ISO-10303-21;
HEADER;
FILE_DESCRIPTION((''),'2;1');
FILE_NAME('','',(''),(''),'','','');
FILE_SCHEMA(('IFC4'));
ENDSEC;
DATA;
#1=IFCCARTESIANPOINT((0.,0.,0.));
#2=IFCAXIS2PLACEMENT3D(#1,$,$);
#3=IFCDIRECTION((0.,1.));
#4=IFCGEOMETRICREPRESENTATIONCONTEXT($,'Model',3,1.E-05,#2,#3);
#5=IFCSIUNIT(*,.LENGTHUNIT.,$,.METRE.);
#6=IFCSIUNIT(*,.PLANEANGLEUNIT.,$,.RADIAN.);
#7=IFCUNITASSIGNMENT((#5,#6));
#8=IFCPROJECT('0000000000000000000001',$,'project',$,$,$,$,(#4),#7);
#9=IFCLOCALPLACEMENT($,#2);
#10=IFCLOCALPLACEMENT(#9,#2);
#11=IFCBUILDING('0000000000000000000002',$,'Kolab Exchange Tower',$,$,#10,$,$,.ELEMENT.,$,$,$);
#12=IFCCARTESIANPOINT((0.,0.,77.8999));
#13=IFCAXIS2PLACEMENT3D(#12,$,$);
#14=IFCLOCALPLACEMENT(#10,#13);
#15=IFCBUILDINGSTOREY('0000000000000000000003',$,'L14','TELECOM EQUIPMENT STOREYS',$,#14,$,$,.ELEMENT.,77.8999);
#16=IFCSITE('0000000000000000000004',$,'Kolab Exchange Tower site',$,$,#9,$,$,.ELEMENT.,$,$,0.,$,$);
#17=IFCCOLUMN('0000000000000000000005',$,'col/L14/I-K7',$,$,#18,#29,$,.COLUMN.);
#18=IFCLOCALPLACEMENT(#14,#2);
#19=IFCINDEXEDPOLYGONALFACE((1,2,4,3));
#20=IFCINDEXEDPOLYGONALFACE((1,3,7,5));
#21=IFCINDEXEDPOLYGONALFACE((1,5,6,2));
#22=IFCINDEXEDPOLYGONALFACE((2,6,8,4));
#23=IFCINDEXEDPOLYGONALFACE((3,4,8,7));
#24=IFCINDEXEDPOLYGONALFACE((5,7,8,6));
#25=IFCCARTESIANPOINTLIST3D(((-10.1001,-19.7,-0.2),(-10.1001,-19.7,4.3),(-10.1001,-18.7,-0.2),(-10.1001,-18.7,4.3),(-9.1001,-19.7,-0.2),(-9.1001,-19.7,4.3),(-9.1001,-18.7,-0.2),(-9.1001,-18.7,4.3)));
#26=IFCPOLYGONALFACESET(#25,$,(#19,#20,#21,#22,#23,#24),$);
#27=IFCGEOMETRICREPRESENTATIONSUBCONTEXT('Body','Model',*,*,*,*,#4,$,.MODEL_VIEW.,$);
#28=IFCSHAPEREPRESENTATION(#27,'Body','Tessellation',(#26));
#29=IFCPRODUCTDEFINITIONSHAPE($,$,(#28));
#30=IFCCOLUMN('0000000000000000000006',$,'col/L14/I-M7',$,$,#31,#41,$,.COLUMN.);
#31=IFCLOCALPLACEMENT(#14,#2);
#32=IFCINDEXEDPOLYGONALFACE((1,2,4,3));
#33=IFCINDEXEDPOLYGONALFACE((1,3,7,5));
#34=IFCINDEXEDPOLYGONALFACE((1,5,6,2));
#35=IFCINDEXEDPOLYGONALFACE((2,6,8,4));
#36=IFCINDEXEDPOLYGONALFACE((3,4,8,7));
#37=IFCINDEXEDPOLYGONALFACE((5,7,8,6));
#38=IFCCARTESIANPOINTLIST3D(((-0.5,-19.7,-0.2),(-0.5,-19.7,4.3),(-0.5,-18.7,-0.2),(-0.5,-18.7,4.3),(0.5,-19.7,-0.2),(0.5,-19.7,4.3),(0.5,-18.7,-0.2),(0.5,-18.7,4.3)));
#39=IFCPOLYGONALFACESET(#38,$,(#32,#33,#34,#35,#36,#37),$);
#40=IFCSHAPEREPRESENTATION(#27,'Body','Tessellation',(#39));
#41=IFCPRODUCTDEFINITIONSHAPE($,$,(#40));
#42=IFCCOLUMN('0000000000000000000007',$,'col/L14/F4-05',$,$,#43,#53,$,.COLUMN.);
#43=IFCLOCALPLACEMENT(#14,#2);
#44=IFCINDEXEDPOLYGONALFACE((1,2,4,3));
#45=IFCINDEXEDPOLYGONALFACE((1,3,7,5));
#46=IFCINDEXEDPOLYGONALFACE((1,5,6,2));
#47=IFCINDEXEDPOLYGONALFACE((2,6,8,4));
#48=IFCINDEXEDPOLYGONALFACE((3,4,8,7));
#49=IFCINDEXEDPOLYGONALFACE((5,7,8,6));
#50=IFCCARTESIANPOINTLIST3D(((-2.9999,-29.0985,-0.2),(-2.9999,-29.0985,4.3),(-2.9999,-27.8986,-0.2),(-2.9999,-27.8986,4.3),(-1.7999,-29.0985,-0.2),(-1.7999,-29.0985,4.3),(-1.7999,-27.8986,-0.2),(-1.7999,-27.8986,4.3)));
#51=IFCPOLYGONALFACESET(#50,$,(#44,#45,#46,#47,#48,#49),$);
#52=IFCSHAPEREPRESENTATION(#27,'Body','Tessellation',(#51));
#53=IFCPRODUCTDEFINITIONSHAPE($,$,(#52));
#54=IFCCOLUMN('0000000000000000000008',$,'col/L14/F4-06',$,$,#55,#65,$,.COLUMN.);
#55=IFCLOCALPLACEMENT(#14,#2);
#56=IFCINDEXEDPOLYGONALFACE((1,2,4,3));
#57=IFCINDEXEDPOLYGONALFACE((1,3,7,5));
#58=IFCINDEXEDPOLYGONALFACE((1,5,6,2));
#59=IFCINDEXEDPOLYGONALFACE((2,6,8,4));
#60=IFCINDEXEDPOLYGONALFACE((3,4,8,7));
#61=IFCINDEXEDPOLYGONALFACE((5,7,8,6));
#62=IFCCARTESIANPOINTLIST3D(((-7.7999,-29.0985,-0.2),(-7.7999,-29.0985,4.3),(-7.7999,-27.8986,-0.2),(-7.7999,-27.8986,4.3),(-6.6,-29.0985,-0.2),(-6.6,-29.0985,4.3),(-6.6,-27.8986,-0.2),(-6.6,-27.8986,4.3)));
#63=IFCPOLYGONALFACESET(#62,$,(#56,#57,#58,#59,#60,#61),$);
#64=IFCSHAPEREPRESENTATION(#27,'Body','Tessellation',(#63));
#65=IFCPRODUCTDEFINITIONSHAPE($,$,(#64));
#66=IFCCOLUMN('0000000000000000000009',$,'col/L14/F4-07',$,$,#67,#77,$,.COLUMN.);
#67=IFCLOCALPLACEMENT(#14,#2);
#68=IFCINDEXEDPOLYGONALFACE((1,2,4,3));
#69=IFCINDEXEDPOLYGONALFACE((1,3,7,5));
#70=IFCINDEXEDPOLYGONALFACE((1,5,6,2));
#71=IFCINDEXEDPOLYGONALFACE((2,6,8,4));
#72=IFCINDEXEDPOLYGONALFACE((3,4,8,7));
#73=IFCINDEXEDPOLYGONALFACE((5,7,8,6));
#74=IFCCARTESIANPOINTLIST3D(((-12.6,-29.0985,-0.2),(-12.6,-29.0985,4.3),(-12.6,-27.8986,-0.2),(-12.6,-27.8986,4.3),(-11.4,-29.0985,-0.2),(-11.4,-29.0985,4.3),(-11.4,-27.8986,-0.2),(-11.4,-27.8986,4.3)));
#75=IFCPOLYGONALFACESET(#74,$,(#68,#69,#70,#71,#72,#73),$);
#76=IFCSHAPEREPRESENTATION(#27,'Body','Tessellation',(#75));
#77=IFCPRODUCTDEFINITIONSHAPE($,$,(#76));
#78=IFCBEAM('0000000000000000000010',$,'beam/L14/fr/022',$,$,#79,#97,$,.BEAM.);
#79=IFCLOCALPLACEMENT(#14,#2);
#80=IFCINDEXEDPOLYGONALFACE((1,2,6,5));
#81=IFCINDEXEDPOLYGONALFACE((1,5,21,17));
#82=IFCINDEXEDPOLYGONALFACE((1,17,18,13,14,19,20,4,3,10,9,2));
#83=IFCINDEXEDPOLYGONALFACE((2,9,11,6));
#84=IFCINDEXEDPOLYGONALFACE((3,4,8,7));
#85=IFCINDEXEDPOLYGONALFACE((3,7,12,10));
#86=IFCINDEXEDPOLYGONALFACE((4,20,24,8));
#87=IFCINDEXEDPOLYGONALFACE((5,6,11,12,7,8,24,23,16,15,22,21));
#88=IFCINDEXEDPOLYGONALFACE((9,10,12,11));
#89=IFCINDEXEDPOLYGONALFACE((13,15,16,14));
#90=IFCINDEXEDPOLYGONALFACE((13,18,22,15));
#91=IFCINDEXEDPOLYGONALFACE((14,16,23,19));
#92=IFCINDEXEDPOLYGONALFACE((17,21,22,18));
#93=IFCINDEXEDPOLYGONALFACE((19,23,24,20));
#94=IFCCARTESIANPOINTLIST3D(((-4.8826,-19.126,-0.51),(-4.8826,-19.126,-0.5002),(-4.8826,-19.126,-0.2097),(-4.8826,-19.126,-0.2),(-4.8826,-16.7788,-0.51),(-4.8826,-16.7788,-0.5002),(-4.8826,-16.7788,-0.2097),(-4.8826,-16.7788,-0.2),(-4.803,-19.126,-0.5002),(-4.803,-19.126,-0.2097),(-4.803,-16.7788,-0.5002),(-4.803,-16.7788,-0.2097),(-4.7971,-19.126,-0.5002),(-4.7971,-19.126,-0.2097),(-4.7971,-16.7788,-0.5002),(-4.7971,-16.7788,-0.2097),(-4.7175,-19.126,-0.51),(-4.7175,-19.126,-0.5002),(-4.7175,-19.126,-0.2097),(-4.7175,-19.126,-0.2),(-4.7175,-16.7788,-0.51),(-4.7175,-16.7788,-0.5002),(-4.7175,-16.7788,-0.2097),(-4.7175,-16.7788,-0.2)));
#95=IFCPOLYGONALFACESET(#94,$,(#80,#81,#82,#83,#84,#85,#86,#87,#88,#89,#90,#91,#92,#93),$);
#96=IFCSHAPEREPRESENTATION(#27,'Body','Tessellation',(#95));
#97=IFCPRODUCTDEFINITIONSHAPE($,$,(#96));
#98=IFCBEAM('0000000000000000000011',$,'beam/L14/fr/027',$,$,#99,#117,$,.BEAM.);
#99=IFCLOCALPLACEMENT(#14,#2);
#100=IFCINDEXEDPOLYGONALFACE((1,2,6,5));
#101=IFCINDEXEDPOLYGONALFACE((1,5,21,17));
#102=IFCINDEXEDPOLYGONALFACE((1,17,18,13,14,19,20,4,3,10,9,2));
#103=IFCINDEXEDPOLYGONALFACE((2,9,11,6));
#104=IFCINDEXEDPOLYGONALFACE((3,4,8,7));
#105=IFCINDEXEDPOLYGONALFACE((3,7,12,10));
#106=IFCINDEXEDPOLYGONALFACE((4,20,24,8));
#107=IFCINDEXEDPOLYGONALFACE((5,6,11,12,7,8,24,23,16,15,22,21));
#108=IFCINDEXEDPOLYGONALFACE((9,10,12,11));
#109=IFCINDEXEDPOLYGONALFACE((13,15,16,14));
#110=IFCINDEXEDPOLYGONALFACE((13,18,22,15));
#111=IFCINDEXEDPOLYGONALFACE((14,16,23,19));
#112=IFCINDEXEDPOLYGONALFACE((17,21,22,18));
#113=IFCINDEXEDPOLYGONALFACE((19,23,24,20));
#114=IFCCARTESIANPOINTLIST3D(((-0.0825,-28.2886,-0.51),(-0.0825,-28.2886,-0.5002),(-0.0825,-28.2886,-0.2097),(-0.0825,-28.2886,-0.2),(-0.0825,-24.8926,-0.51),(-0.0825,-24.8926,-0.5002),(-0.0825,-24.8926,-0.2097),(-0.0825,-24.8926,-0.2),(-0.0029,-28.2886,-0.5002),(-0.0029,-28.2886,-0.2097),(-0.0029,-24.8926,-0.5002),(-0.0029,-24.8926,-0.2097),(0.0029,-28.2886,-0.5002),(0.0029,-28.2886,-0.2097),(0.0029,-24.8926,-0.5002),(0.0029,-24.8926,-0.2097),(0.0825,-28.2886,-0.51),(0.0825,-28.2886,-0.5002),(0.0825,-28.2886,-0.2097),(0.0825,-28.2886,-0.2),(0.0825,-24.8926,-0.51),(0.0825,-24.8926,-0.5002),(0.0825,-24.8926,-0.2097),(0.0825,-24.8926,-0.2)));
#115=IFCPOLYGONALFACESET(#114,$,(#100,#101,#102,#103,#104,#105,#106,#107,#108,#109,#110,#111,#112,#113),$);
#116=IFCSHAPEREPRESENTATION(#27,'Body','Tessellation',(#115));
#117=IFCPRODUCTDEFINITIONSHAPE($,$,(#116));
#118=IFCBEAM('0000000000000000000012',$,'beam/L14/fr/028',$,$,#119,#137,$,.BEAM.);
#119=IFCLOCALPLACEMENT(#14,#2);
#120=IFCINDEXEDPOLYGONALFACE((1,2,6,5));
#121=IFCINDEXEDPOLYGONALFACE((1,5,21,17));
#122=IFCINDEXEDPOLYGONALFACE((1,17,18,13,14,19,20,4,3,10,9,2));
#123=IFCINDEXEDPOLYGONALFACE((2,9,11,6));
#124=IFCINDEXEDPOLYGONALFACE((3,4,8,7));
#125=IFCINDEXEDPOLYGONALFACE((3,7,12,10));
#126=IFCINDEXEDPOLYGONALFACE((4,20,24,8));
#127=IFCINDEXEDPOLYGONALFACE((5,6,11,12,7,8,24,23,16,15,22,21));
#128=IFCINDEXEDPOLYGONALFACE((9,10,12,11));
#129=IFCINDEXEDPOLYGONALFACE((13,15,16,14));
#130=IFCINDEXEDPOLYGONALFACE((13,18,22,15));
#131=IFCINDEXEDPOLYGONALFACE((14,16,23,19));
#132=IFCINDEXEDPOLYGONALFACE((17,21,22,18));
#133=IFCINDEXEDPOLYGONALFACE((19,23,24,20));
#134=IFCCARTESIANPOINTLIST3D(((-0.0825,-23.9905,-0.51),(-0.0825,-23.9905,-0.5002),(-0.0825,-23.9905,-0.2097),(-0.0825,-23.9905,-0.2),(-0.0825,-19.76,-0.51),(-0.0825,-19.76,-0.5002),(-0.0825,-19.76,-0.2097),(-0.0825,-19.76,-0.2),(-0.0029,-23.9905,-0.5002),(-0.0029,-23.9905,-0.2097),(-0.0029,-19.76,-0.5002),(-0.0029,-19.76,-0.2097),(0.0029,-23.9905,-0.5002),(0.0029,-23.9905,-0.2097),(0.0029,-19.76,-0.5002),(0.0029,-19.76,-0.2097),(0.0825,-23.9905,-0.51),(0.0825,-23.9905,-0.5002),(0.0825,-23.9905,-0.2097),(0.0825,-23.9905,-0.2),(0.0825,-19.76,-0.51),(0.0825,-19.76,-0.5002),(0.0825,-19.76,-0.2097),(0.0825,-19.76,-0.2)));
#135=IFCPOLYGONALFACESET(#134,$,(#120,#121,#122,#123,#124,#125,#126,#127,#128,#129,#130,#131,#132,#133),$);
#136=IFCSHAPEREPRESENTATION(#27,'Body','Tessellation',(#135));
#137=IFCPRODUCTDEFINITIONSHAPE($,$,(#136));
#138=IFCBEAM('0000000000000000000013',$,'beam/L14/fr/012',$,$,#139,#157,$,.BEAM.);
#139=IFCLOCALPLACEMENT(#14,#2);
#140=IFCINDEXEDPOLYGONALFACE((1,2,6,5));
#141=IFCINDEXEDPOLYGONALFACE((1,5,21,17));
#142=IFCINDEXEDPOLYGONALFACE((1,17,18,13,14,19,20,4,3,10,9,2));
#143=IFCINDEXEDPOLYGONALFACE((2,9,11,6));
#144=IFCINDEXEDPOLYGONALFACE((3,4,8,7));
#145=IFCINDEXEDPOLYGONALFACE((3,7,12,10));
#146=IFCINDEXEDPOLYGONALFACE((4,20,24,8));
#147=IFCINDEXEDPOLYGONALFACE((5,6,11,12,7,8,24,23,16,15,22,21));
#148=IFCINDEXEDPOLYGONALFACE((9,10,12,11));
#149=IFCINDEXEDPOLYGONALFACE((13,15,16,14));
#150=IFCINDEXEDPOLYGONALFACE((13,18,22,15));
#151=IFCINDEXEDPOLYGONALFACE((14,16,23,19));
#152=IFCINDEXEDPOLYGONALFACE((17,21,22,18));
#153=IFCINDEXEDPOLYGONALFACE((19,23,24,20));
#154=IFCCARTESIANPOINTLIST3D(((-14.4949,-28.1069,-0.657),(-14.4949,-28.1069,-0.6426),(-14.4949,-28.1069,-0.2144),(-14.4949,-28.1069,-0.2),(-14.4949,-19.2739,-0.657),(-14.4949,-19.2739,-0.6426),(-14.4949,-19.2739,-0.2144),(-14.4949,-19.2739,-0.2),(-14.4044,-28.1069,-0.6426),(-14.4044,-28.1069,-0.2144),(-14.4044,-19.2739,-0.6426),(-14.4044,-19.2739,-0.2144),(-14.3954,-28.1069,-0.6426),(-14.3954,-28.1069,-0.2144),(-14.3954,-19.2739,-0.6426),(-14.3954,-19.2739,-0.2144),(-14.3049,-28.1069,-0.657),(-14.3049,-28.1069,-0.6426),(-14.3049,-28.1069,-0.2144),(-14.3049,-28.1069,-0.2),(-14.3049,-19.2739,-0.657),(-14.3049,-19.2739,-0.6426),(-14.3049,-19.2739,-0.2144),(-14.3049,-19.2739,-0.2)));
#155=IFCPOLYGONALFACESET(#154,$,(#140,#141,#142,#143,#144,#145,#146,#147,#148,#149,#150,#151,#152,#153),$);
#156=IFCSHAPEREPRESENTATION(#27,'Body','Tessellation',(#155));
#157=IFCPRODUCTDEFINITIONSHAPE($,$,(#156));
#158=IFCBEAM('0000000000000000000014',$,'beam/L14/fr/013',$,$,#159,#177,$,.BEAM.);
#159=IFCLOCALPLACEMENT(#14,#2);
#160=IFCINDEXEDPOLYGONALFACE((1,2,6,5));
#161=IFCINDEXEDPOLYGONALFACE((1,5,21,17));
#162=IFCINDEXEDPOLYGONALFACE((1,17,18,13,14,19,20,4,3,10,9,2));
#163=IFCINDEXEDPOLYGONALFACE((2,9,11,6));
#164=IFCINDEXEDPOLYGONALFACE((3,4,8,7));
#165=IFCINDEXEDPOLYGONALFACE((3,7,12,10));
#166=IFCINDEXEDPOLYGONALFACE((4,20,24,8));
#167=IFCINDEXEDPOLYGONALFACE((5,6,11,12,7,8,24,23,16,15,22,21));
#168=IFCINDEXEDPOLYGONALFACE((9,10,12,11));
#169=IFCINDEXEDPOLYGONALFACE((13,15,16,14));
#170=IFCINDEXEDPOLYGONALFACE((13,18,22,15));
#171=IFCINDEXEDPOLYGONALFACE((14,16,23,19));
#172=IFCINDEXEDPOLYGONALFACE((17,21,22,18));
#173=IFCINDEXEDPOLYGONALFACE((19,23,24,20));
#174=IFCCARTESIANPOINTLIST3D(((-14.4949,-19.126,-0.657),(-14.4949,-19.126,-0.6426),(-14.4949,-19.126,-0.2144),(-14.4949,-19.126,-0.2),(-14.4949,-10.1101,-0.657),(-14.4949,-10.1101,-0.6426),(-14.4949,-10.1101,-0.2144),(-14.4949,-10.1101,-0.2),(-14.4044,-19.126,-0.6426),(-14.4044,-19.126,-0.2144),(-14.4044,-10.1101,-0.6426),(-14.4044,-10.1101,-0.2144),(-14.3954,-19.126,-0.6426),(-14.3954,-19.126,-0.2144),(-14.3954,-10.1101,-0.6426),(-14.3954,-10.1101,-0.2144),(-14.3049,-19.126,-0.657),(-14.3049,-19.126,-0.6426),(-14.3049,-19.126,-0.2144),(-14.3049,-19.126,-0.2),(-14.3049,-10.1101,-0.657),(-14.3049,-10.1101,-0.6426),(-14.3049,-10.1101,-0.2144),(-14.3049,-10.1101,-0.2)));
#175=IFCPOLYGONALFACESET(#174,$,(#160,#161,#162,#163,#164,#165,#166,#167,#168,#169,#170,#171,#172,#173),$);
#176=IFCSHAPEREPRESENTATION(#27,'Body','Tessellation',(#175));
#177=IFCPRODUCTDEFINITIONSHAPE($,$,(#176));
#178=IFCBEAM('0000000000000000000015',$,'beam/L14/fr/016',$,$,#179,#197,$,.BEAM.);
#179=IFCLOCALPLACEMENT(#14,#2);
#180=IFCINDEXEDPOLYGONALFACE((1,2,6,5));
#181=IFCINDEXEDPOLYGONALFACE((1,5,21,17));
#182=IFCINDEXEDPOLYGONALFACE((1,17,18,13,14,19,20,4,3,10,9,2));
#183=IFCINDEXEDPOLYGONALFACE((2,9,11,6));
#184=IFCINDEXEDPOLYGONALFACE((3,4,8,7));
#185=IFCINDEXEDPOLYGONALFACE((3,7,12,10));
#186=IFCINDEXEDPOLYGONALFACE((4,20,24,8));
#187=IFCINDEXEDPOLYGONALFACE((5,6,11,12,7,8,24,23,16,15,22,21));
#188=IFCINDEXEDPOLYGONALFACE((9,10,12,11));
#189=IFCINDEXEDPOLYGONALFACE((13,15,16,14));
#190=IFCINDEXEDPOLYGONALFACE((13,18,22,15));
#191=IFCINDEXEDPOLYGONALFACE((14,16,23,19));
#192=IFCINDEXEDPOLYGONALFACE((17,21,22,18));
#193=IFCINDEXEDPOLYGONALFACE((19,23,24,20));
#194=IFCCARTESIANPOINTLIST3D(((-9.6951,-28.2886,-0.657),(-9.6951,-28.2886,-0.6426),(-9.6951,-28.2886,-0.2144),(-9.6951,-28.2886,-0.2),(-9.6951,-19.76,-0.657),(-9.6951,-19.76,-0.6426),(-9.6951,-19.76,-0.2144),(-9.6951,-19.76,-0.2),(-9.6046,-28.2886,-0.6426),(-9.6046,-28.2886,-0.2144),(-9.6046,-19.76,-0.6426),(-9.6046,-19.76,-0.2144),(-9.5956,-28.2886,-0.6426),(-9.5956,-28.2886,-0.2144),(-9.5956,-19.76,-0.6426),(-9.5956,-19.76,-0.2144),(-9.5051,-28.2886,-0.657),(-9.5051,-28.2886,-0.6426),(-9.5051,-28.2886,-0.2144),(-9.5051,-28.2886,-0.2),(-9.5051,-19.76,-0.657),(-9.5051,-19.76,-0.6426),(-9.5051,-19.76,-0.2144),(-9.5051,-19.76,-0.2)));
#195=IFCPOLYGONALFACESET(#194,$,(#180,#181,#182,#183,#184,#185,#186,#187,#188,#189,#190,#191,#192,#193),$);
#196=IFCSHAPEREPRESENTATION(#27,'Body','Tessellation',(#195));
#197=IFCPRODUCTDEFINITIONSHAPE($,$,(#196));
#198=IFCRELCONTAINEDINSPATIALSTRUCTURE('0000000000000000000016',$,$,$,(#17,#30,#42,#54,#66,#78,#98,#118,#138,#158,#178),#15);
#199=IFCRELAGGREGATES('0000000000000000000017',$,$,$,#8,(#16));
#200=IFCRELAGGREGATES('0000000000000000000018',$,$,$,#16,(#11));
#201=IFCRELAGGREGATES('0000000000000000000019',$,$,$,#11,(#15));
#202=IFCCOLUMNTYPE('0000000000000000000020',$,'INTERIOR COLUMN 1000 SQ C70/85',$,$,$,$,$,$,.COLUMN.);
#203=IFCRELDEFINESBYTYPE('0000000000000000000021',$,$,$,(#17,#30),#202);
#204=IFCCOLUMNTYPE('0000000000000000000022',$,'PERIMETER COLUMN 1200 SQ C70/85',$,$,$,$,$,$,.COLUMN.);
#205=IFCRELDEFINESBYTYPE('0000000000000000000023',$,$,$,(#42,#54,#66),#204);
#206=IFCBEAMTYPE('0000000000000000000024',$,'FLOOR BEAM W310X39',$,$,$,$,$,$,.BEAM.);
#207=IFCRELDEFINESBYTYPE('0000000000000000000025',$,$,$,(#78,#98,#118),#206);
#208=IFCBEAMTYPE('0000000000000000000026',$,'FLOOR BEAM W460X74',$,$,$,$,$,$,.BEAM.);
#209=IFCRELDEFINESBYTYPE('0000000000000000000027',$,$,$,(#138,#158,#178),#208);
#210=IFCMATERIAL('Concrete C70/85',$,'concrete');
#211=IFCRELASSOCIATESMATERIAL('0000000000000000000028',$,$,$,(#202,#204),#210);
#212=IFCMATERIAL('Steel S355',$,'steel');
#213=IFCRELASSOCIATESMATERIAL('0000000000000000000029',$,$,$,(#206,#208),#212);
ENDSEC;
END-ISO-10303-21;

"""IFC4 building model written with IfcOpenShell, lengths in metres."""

from ifc_helpers import new_model, si_unit, direction, frame, origin, origin_2d, place, context, subcontext, project, spatial, rectangle, i_section, extrude, material, material_profile, profile_set, type_object, element, save


model = new_model("IFC4")

# Units and contexts
model_context = context("Model", 3, precision=1e-05, world=origin(), true_north=direction((0.0, 1.0)))
body_context = subcontext(model_context, "Body", "Model", "MODEL_VIEW")
ifc_project = project(units=[si_unit("LENGTHUNIT", "METRE"), si_unit("PLANEANGLEUNIT", "RADIAN")], contexts=[model_context])

# Site, building, storey
site_placement = place(None, origin())
site = spatial("IfcSite", under=ifc_project, at=site_placement, Name="Kolab Exchange Tower site", CompositionType="ELEMENT", RefElevation=0.0)
building_placement = place(site_placement, origin())
building = spatial("IfcBuilding", under=site, at=building_placement, Name="Kolab Exchange Tower", CompositionType="ELEMENT")
storey_placement = place(building_placement, frame((0.0, 0.0, 77.8999)))
storey = spatial("IfcBuildingStorey", under=building, at=storey_placement, Name="L14", Description="TELECOM EQUIPMENT STOREYS", CompositionType="ELEMENT", Elevation=77.8999)

# Columns
ifc_material_1 = material(Name="Concrete C70/85", Category="concrete")
ifc_material_profile_1 = material_profile(ifc_material_1, rectangle(XDim=1.0, YDim=1.0, at=origin_2d()), Name="RC1000")
ifc_profile_set_1 = profile_set([ifc_material_profile_1], Name="Concrete C70/85")
column_type_1 = type_object("IfcColumnType", Name="INTERIOR COLUMN 1000 SQ C70/85", PredefinedType="COLUMN", material=ifc_profile_set_1)
for number, where, z_axis, x_axis, name in (
    (1, (-9.6001, -19.2, -0.2), (0.0, 0.0, 1.0), (1.0, 0.0, 0.0), "col/L14/I-K7"),
    (2, (0.0, -19.2, -0.2), (0.0, 0.0, 1.0), (1.0, 0.0, 0.0), "col/L14/I-M7"),
):
    element("IfcColumn", number, at=place(storey_placement, frame(where, z_axis=z_axis, x_axis=x_axis)), inside=storey, type_object=column_type_1, Name=name, PredefinedType="COLUMN", context=body_context, shape_type="SweptSolid", body=[
        extrude(rectangle(XDim=1.0, YDim=1.0, at=origin_2d()), origin(), (0.0, 0.0, 1.0), 4.5),
    ])
ifc_material_profile_2 = material_profile(ifc_material_1, rectangle(XDim=1.2, YDim=1.2, at=origin_2d()), Name="RC1200")
ifc_profile_set_2 = profile_set([ifc_material_profile_2], Name="Concrete C70/85")
column_type_2 = type_object("IfcColumnType", Name="PERIMETER COLUMN 1200 SQ C70/85", PredefinedType="COLUMN", material=ifc_profile_set_2)
for number, where, z_axis, x_axis, name in (
    (3, (-2.3999, -28.4985, -0.2), (0.0, 0.0, 1.0), (1.0, 0.0, 0.0), "col/L14/F4-05"),
    (4, (-7.2, -28.4985, -0.2), (0.0, 0.0, 1.0), (1.0, 0.0, 0.0), "col/L14/F4-06"),
    (5, (-12.0, -28.4985, -0.2), (0.0, 0.0, 1.0), (1.0, 0.0, 0.0), "col/L14/F4-07"),
):
    element("IfcColumn", number, at=place(storey_placement, frame(where, z_axis=z_axis, x_axis=x_axis)), inside=storey, type_object=column_type_2, Name=name, PredefinedType="COLUMN", context=body_context, shape_type="SweptSolid", body=[
        extrude(rectangle(XDim=1.2, YDim=1.2, at=origin_2d()), origin(), (0.0, 0.0, 1.0), 4.5),
    ])

# Beams
ifc_material_2 = material(Name="Steel S355", Category="steel")
ifc_material_profile_3 = material_profile(ifc_material_2, i_section(OverallWidth=0.165, OverallDepth=0.3101, WebThickness=0.0059, FlangeThickness=0.0098, at=origin_2d()), Name="W310X39")
ifc_profile_set_3 = profile_set([ifc_material_profile_3], Name="Steel S355")
beam_type_1 = type_object("IfcBeamType", Name="FLOOR BEAM W310X39", PredefinedType="BEAM", material=ifc_profile_set_3)
beam_1_placement = place(storey_placement, frame((-4.8, -19.126, -0.355), z_axis=(0.0, 1.0, 0.0), x_axis=(-1.0, 0.0, 0.0)))
element("IfcBeam", 6, at=beam_1_placement, inside=storey, type_object=beam_type_1, Name="beam/L14/fr/022", PredefinedType="BEAM", context=body_context, shape_type="SweptSolid", body=[
    extrude(i_section(OverallWidth=0.165, OverallDepth=0.3101, WebThickness=0.0059, FlangeThickness=0.0098, at=origin_2d()), origin(), (0.0, 0.0, 1.0), 2.3472),
])
beam_2_placement = place(storey_placement, frame((0.0, -28.2886, -0.355), z_axis=(0.0, 1.0, 0.0), x_axis=(-1.0, 0.0, 0.0)))
element("IfcBeam", 7, at=beam_2_placement, inside=storey, type_object=beam_type_1, Name="beam/L14/fr/027", PredefinedType="BEAM", context=body_context, shape_type="SweptSolid", body=[
    extrude(i_section(OverallWidth=0.165, OverallDepth=0.3101, WebThickness=0.0059, FlangeThickness=0.0098, at=origin_2d()), origin(), (0.0, 0.0, 1.0), 3.396),
])
beam_3_placement = place(storey_placement, frame((0.0, -23.9905, -0.355), z_axis=(0.0, 1.0, 0.0), x_axis=(-1.0, 0.0, 0.0)))
element("IfcBeam", 8, at=beam_3_placement, inside=storey, type_object=beam_type_1, Name="beam/L14/fr/028", PredefinedType="BEAM", context=body_context, shape_type="SweptSolid", body=[
    extrude(i_section(OverallWidth=0.165, OverallDepth=0.3101, WebThickness=0.0059, FlangeThickness=0.0098, at=origin_2d()), origin(), (0.0, 0.0, 1.0), 4.2305),
])
ifc_material_profile_4 = material_profile(ifc_material_2, i_section(OverallWidth=0.1899, OverallDepth=0.457, WebThickness=0.009, FlangeThickness=0.0144, at=origin_2d()), Name="W460X74")
ifc_profile_set_4 = profile_set([ifc_material_profile_4], Name="Steel S355")
beam_type_2 = type_object("IfcBeamType", Name="FLOOR BEAM W460X74", PredefinedType="BEAM", material=ifc_profile_set_4)
beam_4_placement = place(storey_placement, frame((-14.3999, -28.1069, -0.4285), z_axis=(0.0, 1.0, 0.0), x_axis=(-1.0, 0.0, 0.0)))
element("IfcBeam", 9, at=beam_4_placement, inside=storey, type_object=beam_type_2, Name="beam/L14/fr/012", PredefinedType="BEAM", context=body_context, shape_type="SweptSolid", body=[
    extrude(i_section(OverallWidth=0.1899, OverallDepth=0.457, WebThickness=0.009, FlangeThickness=0.0144, at=origin_2d()), origin(), (0.0, 0.0, 1.0), 8.833),
])
beam_5_placement = place(storey_placement, frame((-14.3999, -19.126, -0.4285), z_axis=(0.0, 1.0, 0.0), x_axis=(-1.0, 0.0, 0.0)))
element("IfcBeam", 10, at=beam_5_placement, inside=storey, type_object=beam_type_2, Name="beam/L14/fr/013", PredefinedType="BEAM", context=body_context, shape_type="SweptSolid", body=[
    extrude(i_section(OverallWidth=0.1899, OverallDepth=0.457, WebThickness=0.009, FlangeThickness=0.0144, at=origin_2d()), origin(), (0.0, 0.0, 1.0), 9.0159),
])
beam_6_placement = place(storey_placement, frame((-9.6001, -28.2886, -0.4285), z_axis=(0.0, 1.0, 0.0), x_axis=(-1.0, 0.0, 0.0)))
element("IfcBeam", 11, at=beam_6_placement, inside=storey, type_object=beam_type_2, Name="beam/L14/fr/016", PredefinedType="BEAM", context=body_context, shape_type="SweptSolid", body=[
    extrude(i_section(OverallWidth=0.1899, OverallDepth=0.457, WebThickness=0.009, FlangeThickness=0.0144, at=origin_2d()), origin(), (0.0, 0.0, 1.0), 8.5286),
])

save(model, "model.ifc")
